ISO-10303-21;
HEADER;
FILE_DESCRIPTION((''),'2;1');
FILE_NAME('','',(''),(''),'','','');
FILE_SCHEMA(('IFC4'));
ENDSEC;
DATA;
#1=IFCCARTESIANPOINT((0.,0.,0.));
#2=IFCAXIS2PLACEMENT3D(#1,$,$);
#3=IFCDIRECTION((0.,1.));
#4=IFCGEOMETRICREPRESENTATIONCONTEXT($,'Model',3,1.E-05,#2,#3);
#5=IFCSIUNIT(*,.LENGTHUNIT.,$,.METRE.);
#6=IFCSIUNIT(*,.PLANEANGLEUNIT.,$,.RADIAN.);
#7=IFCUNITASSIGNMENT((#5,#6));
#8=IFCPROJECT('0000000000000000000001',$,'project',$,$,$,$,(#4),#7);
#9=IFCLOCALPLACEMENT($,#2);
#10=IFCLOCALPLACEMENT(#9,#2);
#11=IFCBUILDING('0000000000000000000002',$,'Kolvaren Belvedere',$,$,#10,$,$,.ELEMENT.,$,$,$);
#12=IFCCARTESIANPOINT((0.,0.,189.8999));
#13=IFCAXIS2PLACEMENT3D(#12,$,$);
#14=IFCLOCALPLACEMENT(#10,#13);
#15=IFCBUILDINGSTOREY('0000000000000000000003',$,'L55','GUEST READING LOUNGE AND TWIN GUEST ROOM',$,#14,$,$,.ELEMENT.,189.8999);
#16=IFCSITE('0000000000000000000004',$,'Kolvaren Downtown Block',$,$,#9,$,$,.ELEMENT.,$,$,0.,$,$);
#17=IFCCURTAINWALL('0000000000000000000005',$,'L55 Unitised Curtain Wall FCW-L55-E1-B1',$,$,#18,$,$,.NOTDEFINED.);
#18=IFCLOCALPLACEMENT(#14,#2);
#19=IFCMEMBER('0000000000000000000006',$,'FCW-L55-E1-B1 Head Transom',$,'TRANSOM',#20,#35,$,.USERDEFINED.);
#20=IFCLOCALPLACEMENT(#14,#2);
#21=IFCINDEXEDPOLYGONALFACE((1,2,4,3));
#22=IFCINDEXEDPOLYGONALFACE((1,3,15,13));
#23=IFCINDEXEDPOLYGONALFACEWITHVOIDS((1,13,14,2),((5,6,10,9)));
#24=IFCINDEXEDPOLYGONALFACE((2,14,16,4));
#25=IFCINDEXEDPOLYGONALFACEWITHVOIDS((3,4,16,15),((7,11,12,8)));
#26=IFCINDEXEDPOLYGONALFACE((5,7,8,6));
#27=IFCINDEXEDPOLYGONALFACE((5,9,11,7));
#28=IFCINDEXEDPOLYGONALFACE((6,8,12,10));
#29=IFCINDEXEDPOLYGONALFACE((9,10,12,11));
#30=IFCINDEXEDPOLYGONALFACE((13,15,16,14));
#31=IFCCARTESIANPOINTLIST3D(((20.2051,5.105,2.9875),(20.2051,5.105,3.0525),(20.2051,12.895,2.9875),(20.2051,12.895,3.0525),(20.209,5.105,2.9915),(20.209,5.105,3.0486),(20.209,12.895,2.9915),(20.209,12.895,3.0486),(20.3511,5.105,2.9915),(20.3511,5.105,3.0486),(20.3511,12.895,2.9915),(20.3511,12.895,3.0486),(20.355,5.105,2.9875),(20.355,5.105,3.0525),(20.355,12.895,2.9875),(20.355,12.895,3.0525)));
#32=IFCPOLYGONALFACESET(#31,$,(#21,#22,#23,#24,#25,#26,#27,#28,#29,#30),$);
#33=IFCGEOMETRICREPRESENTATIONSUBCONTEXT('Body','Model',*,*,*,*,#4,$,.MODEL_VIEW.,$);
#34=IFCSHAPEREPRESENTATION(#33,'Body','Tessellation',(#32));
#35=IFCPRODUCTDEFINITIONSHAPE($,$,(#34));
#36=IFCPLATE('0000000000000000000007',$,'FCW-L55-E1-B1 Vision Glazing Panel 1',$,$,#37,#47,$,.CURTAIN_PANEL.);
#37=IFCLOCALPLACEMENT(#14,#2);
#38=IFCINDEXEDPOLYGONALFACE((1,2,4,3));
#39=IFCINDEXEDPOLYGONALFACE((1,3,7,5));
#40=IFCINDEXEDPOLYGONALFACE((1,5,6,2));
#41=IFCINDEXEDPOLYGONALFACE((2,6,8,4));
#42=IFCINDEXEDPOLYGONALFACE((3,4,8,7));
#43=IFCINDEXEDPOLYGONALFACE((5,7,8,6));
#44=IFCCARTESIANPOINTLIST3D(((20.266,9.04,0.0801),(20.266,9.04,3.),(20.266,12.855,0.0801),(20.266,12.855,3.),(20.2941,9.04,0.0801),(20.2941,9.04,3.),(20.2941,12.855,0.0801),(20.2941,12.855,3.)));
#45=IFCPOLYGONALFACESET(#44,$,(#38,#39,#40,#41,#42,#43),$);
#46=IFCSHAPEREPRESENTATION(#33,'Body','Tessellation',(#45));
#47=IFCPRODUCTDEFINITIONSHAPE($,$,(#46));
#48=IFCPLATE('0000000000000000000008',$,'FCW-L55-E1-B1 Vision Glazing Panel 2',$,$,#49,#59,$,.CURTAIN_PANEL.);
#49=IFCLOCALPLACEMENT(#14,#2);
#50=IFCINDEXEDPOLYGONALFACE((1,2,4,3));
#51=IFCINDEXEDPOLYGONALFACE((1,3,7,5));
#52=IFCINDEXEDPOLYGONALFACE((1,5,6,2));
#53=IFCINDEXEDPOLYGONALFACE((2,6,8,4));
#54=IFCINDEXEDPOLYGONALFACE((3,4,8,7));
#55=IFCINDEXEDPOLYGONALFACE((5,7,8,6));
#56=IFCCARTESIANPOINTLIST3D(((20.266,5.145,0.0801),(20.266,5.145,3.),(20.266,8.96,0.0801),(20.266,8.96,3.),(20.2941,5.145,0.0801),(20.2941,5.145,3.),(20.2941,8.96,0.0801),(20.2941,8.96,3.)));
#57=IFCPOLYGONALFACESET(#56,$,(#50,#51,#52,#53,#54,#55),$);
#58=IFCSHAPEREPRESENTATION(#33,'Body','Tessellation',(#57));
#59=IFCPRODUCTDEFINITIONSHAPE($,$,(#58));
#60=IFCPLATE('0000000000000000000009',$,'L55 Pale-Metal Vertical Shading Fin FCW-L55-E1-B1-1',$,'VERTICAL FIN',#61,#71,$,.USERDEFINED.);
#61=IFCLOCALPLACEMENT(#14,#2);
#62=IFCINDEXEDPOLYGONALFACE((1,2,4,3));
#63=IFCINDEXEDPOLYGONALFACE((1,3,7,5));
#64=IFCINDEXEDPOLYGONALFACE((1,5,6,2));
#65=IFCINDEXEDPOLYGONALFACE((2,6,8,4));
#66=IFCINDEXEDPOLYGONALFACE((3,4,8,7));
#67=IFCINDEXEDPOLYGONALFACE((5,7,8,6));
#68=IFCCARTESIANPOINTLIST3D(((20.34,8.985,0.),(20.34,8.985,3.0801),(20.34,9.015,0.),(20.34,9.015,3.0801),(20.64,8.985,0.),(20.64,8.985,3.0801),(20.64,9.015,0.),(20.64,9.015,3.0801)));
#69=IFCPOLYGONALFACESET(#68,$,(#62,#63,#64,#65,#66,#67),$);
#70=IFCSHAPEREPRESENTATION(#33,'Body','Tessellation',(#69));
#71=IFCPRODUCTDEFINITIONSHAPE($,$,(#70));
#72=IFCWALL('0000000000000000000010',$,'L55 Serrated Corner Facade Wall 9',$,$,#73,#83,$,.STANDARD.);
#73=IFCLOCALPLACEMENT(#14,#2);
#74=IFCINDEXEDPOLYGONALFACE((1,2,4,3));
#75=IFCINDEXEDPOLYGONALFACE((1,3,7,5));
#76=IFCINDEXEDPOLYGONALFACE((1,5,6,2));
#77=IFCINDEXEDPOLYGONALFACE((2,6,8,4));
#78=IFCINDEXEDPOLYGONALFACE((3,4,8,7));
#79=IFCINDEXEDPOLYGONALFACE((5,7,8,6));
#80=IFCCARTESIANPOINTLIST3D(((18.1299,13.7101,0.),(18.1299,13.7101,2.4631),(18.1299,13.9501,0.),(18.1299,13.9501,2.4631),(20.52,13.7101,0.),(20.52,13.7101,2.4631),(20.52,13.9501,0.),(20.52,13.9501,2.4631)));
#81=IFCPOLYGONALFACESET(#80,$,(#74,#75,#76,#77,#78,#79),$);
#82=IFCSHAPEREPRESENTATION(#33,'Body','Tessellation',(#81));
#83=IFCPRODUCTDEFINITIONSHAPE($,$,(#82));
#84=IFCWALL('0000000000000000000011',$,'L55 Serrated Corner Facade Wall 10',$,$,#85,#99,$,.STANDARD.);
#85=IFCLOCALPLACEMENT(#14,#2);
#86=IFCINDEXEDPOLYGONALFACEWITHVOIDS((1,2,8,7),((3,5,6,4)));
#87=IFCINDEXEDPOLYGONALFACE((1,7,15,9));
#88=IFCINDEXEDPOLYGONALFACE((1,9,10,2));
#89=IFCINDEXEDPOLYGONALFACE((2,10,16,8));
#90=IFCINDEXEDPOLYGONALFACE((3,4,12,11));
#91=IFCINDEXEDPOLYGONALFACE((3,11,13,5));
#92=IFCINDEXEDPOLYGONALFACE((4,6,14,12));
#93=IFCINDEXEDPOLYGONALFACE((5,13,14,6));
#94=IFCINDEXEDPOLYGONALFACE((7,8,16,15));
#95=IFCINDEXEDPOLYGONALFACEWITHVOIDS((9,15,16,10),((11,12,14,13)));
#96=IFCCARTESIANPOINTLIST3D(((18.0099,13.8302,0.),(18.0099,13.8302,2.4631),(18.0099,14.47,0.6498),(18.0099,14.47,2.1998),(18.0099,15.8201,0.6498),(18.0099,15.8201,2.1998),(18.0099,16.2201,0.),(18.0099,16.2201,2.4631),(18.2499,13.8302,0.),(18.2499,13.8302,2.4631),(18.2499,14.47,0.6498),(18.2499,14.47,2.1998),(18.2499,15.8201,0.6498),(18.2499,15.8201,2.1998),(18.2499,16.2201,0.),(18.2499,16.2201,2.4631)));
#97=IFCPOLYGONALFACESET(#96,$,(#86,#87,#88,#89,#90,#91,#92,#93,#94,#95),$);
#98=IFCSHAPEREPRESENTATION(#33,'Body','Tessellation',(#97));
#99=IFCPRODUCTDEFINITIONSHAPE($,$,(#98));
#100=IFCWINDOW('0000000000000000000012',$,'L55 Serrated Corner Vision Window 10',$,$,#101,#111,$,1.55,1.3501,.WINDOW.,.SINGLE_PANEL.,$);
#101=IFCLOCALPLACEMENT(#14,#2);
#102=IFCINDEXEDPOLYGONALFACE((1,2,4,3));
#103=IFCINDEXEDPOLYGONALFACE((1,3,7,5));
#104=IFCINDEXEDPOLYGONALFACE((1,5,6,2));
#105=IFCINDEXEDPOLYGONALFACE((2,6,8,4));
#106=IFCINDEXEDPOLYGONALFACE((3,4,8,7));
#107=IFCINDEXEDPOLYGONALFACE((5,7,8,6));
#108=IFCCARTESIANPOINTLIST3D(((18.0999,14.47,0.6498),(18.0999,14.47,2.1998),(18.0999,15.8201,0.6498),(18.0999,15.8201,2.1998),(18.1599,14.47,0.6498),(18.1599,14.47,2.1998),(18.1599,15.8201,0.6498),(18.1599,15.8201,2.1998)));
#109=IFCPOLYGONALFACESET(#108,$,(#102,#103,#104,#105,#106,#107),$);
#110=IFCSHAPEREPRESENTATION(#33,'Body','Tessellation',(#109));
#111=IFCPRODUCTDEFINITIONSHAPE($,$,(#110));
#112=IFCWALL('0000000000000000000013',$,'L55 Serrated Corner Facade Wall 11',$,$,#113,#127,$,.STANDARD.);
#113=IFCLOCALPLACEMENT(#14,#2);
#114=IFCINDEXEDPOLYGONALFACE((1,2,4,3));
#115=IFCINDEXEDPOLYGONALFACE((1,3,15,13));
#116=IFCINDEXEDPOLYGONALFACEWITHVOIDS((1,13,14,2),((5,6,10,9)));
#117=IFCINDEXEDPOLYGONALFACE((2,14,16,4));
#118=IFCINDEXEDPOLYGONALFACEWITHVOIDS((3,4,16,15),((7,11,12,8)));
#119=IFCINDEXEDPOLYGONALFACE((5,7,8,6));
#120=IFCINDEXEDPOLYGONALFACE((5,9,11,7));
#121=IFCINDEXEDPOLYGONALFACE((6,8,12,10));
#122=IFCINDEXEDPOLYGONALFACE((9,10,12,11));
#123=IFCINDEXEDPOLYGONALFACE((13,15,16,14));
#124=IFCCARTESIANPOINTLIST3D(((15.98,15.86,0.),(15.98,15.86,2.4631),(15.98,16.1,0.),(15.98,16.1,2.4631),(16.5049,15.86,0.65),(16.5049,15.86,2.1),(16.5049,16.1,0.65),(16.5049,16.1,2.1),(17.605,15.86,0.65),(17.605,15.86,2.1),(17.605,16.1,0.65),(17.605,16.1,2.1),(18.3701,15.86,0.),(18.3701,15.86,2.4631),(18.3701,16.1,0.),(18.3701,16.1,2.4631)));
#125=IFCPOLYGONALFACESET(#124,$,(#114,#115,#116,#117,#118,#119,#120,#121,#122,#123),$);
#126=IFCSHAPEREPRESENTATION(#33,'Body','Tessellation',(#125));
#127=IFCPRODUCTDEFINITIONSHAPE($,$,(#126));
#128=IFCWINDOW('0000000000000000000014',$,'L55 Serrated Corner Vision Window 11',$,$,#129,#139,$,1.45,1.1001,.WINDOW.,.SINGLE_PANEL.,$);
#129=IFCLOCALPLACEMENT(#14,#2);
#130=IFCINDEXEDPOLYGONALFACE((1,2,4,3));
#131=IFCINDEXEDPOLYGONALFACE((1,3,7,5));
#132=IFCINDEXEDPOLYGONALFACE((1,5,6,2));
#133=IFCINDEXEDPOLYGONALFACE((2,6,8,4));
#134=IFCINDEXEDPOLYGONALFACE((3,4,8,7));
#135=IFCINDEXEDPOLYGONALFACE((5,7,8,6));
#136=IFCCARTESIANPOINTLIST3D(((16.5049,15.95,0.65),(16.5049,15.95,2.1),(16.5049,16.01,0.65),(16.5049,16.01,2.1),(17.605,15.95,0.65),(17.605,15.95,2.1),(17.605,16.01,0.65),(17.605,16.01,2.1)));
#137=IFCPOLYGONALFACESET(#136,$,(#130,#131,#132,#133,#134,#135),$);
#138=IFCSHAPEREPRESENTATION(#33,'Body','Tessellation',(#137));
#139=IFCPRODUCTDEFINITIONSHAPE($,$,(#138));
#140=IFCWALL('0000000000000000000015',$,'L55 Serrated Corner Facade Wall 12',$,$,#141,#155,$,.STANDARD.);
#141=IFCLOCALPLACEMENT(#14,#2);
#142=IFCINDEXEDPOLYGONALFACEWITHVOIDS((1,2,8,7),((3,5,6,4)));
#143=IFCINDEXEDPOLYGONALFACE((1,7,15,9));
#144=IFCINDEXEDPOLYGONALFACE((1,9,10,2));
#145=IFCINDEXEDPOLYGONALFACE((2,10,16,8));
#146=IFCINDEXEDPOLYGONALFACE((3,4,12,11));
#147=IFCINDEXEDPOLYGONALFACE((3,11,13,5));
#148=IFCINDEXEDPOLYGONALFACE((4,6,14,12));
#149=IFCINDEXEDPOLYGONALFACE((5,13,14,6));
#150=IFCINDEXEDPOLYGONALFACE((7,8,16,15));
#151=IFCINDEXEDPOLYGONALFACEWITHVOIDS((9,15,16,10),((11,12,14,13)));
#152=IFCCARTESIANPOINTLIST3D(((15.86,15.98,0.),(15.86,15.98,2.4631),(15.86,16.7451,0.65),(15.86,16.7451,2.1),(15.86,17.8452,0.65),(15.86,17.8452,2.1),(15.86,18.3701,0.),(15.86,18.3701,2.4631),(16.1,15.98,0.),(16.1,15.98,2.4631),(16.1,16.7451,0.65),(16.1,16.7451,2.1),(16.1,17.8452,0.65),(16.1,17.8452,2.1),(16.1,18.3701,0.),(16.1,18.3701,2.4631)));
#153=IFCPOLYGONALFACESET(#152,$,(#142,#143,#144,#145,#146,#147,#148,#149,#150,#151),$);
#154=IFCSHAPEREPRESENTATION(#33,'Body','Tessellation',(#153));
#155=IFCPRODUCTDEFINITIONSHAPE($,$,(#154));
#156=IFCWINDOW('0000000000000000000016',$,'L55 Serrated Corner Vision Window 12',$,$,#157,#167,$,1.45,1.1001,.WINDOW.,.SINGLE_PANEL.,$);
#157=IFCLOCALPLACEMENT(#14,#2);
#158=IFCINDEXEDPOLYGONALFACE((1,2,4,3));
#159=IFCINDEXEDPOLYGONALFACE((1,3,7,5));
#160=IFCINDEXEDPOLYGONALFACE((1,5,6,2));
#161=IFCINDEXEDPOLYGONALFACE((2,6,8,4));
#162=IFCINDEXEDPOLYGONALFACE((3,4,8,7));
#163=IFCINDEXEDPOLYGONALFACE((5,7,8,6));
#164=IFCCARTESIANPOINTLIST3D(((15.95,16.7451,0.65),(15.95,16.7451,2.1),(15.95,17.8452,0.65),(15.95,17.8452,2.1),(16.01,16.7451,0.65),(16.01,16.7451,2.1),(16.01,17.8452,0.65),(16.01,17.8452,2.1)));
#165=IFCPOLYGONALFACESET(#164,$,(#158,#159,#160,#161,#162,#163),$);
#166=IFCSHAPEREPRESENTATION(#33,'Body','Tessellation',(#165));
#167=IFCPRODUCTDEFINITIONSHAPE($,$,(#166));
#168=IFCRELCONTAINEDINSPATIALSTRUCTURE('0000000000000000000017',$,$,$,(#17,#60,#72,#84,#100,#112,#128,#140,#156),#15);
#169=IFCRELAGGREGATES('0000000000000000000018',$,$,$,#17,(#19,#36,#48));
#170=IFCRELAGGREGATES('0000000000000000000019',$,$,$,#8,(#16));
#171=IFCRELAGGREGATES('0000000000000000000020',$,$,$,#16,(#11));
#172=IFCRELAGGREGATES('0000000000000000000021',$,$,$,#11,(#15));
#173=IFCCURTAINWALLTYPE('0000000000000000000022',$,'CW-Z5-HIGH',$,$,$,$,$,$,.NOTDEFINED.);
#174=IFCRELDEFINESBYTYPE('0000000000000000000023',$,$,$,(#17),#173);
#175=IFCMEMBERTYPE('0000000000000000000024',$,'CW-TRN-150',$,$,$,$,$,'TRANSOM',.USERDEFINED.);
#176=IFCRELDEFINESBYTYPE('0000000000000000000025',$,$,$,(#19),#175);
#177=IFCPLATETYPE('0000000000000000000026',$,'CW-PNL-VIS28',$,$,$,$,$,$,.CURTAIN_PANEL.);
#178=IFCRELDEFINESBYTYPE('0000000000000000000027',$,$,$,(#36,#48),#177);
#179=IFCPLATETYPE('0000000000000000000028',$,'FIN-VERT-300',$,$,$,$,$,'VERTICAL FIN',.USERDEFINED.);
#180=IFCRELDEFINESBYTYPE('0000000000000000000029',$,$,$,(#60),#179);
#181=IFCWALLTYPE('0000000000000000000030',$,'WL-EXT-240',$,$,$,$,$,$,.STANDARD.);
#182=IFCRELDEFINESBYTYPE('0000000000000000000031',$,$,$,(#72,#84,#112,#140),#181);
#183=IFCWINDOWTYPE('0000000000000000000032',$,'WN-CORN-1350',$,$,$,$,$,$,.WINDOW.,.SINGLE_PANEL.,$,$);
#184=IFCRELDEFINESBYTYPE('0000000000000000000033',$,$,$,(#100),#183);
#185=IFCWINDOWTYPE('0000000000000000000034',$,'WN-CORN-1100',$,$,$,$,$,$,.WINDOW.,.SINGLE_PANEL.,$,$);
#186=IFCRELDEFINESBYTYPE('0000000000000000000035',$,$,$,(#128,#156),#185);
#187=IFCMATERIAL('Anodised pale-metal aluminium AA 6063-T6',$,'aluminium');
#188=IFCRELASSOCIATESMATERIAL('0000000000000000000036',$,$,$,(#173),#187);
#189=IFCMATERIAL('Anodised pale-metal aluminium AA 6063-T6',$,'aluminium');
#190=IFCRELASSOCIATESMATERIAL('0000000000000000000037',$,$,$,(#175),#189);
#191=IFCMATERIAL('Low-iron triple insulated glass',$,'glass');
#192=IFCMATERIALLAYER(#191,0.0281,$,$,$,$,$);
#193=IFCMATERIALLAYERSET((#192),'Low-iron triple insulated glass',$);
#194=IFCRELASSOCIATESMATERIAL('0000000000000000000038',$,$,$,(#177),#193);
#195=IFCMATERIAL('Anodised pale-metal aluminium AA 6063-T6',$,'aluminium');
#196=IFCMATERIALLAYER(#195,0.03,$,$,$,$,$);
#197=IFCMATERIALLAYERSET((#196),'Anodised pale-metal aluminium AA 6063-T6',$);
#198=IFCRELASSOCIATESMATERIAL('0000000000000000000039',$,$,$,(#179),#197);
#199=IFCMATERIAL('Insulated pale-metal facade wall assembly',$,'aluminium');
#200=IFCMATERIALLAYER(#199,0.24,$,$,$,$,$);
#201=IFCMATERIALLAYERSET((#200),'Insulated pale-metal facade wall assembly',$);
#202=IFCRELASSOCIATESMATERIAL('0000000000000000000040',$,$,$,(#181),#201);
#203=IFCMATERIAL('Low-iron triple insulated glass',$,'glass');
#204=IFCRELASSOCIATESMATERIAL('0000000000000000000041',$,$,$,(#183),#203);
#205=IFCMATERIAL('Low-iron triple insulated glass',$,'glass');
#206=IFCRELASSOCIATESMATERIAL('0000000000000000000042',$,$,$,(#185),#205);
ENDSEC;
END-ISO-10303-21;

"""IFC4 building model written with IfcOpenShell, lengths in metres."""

from ifc_helpers import new_model, si_unit, direction, frame, frame_2d, origin, origin_2d, place, context, subcontext, project, spatial, rectangle, hollow_rectangle, extrude, material, layer, layer_set, material_profile, profile_set, type_object, element, fill, aggregate, save


model = new_model("IFC4")

# Units and contexts
model_context = context("Model", 3, precision=1e-05, world=origin(), true_north=direction((0.0, 1.0)))
body_context = subcontext(model_context, "Body", "Model", "MODEL_VIEW")
ifc_project = project(units=[si_unit("LENGTHUNIT", "METRE"), si_unit("PLANEANGLEUNIT", "RADIAN")], contexts=[model_context])

# Site, building, storey
site_placement = place(None, origin())
site = spatial("IfcSite", under=ifc_project, at=site_placement, Name="Kolvaren Downtown Block", CompositionType="ELEMENT", RefElevation=0.0)
building_placement = place(site_placement, origin())
building = spatial("IfcBuilding", under=site, at=building_placement, Name="Kolvaren Belvedere", CompositionType="ELEMENT")
storey_placement = place(building_placement, frame((0.0, 0.0, 189.8999)))
storey = spatial("IfcBuildingStorey", under=building, at=storey_placement, Name="L55", Description="GUEST READING LOUNGE AND TWIN GUEST ROOM", CompositionType="ELEMENT", Elevation=189.8999)

# Curtain wall
ifc_material_1 = material(Name="Anodised pale-metal aluminium AA 6063-T6", Category="aluminium")
curtain_wall_type = type_object("IfcCurtainWallType", Name="CW-Z5-HIGH", PredefinedType="NOTDEFINED", material=ifc_material_1)
curtain_wall_1_placement = place(storey_placement, origin())
curtain_wall_1 = element("IfcCurtainWall", 1, at=curtain_wall_1_placement, inside=storey, type_object=curtain_wall_type, Name="L55 Unitised Curtain Wall FCW-L55-E1-B1", PredefinedType="NOTDEFINED")

# Member
ifc_material_2 = material(Name="Anodised pale-metal aluminium AA 6063-T6", Category="aluminium")
ifc_material_profile_1 = material_profile(ifc_material_2, hollow_rectangle(XDim=0.0649, YDim=0.1499, WallThickness=0.0039, at=origin_2d()), Name="ALU-TRN-150X65")
ifc_profile_set_1 = profile_set([ifc_material_profile_1], Name="Anodised pale-metal aluminium AA 6063-T6")
member_type_1 = type_object("IfcMemberType", Name="CW-TRN-150", ElementType="TRANSOM", PredefinedType="USERDEFINED", material=ifc_profile_set_1)
member_1_placement = place(storey_placement, frame((20.28, 12.895, 3.02), z_axis=(0.0, -1.0, 0.0), x_axis=(0.0, 0.0, 1.0)))
member_1 = element("IfcMember", 2, at=member_1_placement, type_object=member_type_1, Name="FCW-L55-E1-B1 Head Transom", ObjectType="TRANSOM", PredefinedType="USERDEFINED", context=body_context, shape_type="SweptSolid", body=[
    extrude(hollow_rectangle(XDim=0.0649, YDim=0.1499, WallThickness=0.0039, at=origin_2d()), origin(), (0.0, 0.0, 1.0), 7.79),
])

# Plates
ifc_material_3 = material(Name="Low-iron triple insulated glass", Category="glass")
ifc_layer_1 = layer(ifc_material_3, 0.0281)
ifc_layer_set_1 = layer_set([ifc_layer_1], Name="Low-iron triple insulated glass")
plate_type_1 = type_object("IfcPlateType", Name="CW-PNL-VIS28", PredefinedType="CURTAIN_PANEL", material=ifc_layer_set_1)
plate_1_placement = place(storey_placement, frame((20.28, 10.9475, 0.0801), z_axis=(0.0, 0.0, 1.0), x_axis=(0.0, -1.0, 0.0)))
plate_1 = element("IfcPlate", 3, at=plate_1_placement, type_object=plate_type_1, Name="FCW-L55-E1-B1 Vision Glazing Panel 1", PredefinedType="CURTAIN_PANEL", context=body_context, shape_type="SweptSolid", body=[
    extrude(rectangle(XDim=3.8149, YDim=0.0281, at=origin_2d()), origin(), (0.0, 0.0, 1.0), 2.9199),
])
plate_2_placement = place(storey_placement, frame((20.28, 7.0525, 0.0801), z_axis=(0.0, 0.0, 1.0), x_axis=(0.0, -1.0, 0.0)))
plate_2 = element("IfcPlate", 4, at=plate_2_placement, type_object=plate_type_1, Name="FCW-L55-E1-B1 Vision Glazing Panel 2", PredefinedType="CURTAIN_PANEL", context=body_context, shape_type="SweptSolid", body=[
    extrude(rectangle(XDim=3.8149, YDim=0.0281, at=origin_2d()), origin(), (0.0, 0.0, 1.0), 2.9199),
])
aggregate(curtain_wall_1, [member_1, plate_1, plate_2])
ifc_material_4 = material(Name="Anodised pale-metal aluminium AA 6063-T6", Category="aluminium")
ifc_layer_2 = layer(ifc_material_4, 0.03)
ifc_layer_set_2 = layer_set([ifc_layer_2], Name="Anodised pale-metal aluminium AA 6063-T6")
plate_type_2 = type_object("IfcPlateType", Name="FIN-VERT-300", ElementType="VERTICAL FIN", PredefinedType="USERDEFINED", material=ifc_layer_set_2)
plate_3_placement = place(storey_placement, frame((20.49, 9.0, 0.0), z_axis=(0.0, 0.0, 1.0), x_axis=(1.0, 0.0, 0.0)))
element("IfcPlate", 5, at=plate_3_placement, inside=storey, type_object=plate_type_2, Name="L55 Pale-Metal Vertical Shading Fin FCW-L55-E1-B1-1", ObjectType="VERTICAL FIN", PredefinedType="USERDEFINED", context=body_context, shape_type="SweptSolid", body=[
    extrude(rectangle(XDim=0.3, YDim=0.03, at=origin_2d()), origin(), (0.0, 0.0, 1.0), 3.0801),
])

# Wall
ifc_material_5 = material(Name="Insulated pale-metal facade wall assembly", Category="aluminium")
ifc_layer_3 = layer(ifc_material_5, 0.24)
ifc_layer_set_3 = layer_set([ifc_layer_3], Name="Insulated pale-metal facade wall assembly")
wall_type_1 = type_object("IfcWallType", Name="WL-EXT-240", PredefinedType="STANDARD", material=ifc_layer_set_3)
wall_1_placement = place(storey_placement, frame((18.1299, 13.8301, 0.0), z_axis=(0.0, 0.0, 1.0), x_axis=(1.0, 0.0, 0.0)))
element("IfcWall", 6, at=wall_1_placement, inside=storey, type_object=wall_type_1, Name="L55 Serrated Corner Facade Wall 9", PredefinedType="STANDARD", context=body_context, shape_type="SweptSolid", body=[
    extrude(rectangle(XDim=2.3901, YDim=0.24, at=frame_2d((1.1951, 0.0))), origin(), (0.0, 0.0, 1.0), 2.4631),
])

# Walls, openings, windows
wall_2_placement = place(storey_placement, frame((18.1299, 16.22, 0.0), z_axis=(0.0, 0.0, 1.0), x_axis=(0.0, -1.0, 0.0)))
wall_2 = element("IfcWall", 7, at=wall_2_placement, inside=storey, type_object=wall_type_1, Name="L55 Serrated Corner Facade Wall 10", PredefinedType="STANDARD", context=body_context, shape_type="SweptSolid", body=[
    extrude(rectangle(XDim=2.3899, YDim=0.24, at=frame_2d((1.1948, 0.0))), origin(), (0.0, 0.0, 1.0), 2.4631),
])
opening_1_placement = place(wall_2_placement, frame((0.3999, 0.0, 0.6499)))
opening_1 = element("IfcOpeningElement", 8, at=opening_1_placement, cuts=wall_2, PredefinedType="OPENING", context=body_context, shape_type="SweptSolid", body=[
    extrude(rectangle(XDim=1.3501, YDim=1.55, at=frame_2d((0.675, 0.7749))), frame((0.0, 0.1299, 0.0), z_axis=(0.0, -1.0, 0.0), x_axis=(1.0, 0.0, 0.0)), (0.0, 0.0, 1.0), 0.26),
])
ifc_material_6 = material(Name="Low-iron triple insulated glass", Category="glass")
window_type_1 = type_object("IfcWindowType", Name="WN-CORN-1350", PartitioningType="SINGLE_PANEL", PredefinedType="WINDOW", material=ifc_material_6)
window_1_placement = place(opening_1_placement, origin())
window_1 = element("IfcWindow", 9, at=window_1_placement, inside=storey, type_object=window_type_1, Name="L55 Serrated Corner Vision Window 10", OverallHeight=1.55, OverallWidth=1.3501, PartitioningType="SINGLE_PANEL", PredefinedType="WINDOW", context=body_context, shape_type="SweptSolid", body=[
    extrude(rectangle(XDim=1.3501, YDim=1.55, at=frame_2d((0.675, 0.7749))), frame((0.0, 0.03, 0.0), z_axis=(0.0, -1.0, 0.0), x_axis=(1.0, 0.0, 0.0)), (0.0, 0.0, 1.0), 0.0601),
])
fill(opening_1, window_1)
wall_3_placement = place(storey_placement, frame((15.98, 15.98, 0.0), z_axis=(0.0, 0.0, 1.0), x_axis=(1.0, 0.0, 0.0)))
wall_3 = element("IfcWall", 10, at=wall_3_placement, inside=storey, type_object=wall_type_1, Name="L55 Serrated Corner Facade Wall 11", PredefinedType="STANDARD", context=body_context, shape_type="SweptSolid", body=[
    extrude(rectangle(XDim=2.3901, YDim=0.24, at=frame_2d((1.1951, 0.0))), origin(), (0.0, 0.0, 1.0), 2.4631),
])
opening_2_placement = place(wall_3_placement, frame((0.5249, 0.0, 0.6499)))
opening_2 = element("IfcOpeningElement", 11, at=opening_2_placement, cuts=wall_3, PredefinedType="OPENING", context=body_context, shape_type="SweptSolid", body=[
    extrude(rectangle(XDim=1.1001, YDim=1.45, at=frame_2d((0.55, 0.7251))), frame((0.0, 0.1299, 0.0), z_axis=(0.0, -1.0, 0.0), x_axis=(1.0, 0.0, 0.0)), (0.0, 0.0, 1.0), 0.26),
])
ifc_material_7 = material(Name="Low-iron triple insulated glass", Category="glass")
window_type_2 = type_object("IfcWindowType", Name="WN-CORN-1100", PartitioningType="SINGLE_PANEL", PredefinedType="WINDOW", material=ifc_material_7)
window_2_placement = place(opening_2_placement, origin())
window_2 = element("IfcWindow", 12, at=window_2_placement, inside=storey, type_object=window_type_2, Name="L55 Serrated Corner Vision Window 11", OverallHeight=1.45, OverallWidth=1.1001, PartitioningType="SINGLE_PANEL", PredefinedType="WINDOW", context=body_context, shape_type="SweptSolid", body=[
    extrude(rectangle(XDim=1.1001, YDim=1.45, at=frame_2d((0.55, 0.7251))), frame((0.0, 0.03, 0.0), z_axis=(0.0, -1.0, 0.0), x_axis=(1.0, 0.0, 0.0)), (0.0, 0.0, 1.0), 0.0601),
])
fill(opening_2, window_2)
wall_4_placement = place(storey_placement, frame((15.98, 18.3701, 0.0), z_axis=(0.0, 0.0, 1.0), x_axis=(0.0, -1.0, 0.0)))
wall_4 = element("IfcWall", 13, at=wall_4_placement, inside=storey, type_object=wall_type_1, Name="L55 Serrated Corner Facade Wall 12", PredefinedType="STANDARD", context=body_context, shape_type="SweptSolid", body=[
    extrude(rectangle(XDim=2.3901, YDim=0.24, at=frame_2d((1.1951, 0.0))), origin(), (0.0, 0.0, 1.0), 2.4631),
])
opening_3_placement = place(wall_4_placement, frame((0.5249, 0.0, 0.6499)))
opening_3 = element("IfcOpeningElement", 14, at=opening_3_placement, cuts=wall_4, PredefinedType="OPENING", context=body_context, shape_type="SweptSolid", body=[
    extrude(rectangle(XDim=1.1001, YDim=1.45, at=frame_2d((0.55, 0.7251))), frame((0.0, 0.1299, 0.0), z_axis=(0.0, -1.0, 0.0), x_axis=(1.0, 0.0, 0.0)), (0.0, 0.0, 1.0), 0.26),
])
window_3_placement = place(opening_3_placement, origin())
window_3 = element("IfcWindow", 15, at=window_3_placement, inside=storey, type_object=window_type_2, Name="L55 Serrated Corner Vision Window 12", OverallHeight=1.45, OverallWidth=1.1001, PartitioningType="SINGLE_PANEL", PredefinedType="WINDOW", context=body_context, shape_type="SweptSolid", body=[
    extrude(rectangle(XDim=1.1001, YDim=1.45, at=frame_2d((0.55, 0.7251))), frame((0.0, 0.03, 0.0), z_axis=(0.0, -1.0, 0.0), x_axis=(1.0, 0.0, 0.0)), (0.0, 0.0, 1.0), 0.0601),
])
fill(opening_3, window_3)

save(model, "model.ifc")
